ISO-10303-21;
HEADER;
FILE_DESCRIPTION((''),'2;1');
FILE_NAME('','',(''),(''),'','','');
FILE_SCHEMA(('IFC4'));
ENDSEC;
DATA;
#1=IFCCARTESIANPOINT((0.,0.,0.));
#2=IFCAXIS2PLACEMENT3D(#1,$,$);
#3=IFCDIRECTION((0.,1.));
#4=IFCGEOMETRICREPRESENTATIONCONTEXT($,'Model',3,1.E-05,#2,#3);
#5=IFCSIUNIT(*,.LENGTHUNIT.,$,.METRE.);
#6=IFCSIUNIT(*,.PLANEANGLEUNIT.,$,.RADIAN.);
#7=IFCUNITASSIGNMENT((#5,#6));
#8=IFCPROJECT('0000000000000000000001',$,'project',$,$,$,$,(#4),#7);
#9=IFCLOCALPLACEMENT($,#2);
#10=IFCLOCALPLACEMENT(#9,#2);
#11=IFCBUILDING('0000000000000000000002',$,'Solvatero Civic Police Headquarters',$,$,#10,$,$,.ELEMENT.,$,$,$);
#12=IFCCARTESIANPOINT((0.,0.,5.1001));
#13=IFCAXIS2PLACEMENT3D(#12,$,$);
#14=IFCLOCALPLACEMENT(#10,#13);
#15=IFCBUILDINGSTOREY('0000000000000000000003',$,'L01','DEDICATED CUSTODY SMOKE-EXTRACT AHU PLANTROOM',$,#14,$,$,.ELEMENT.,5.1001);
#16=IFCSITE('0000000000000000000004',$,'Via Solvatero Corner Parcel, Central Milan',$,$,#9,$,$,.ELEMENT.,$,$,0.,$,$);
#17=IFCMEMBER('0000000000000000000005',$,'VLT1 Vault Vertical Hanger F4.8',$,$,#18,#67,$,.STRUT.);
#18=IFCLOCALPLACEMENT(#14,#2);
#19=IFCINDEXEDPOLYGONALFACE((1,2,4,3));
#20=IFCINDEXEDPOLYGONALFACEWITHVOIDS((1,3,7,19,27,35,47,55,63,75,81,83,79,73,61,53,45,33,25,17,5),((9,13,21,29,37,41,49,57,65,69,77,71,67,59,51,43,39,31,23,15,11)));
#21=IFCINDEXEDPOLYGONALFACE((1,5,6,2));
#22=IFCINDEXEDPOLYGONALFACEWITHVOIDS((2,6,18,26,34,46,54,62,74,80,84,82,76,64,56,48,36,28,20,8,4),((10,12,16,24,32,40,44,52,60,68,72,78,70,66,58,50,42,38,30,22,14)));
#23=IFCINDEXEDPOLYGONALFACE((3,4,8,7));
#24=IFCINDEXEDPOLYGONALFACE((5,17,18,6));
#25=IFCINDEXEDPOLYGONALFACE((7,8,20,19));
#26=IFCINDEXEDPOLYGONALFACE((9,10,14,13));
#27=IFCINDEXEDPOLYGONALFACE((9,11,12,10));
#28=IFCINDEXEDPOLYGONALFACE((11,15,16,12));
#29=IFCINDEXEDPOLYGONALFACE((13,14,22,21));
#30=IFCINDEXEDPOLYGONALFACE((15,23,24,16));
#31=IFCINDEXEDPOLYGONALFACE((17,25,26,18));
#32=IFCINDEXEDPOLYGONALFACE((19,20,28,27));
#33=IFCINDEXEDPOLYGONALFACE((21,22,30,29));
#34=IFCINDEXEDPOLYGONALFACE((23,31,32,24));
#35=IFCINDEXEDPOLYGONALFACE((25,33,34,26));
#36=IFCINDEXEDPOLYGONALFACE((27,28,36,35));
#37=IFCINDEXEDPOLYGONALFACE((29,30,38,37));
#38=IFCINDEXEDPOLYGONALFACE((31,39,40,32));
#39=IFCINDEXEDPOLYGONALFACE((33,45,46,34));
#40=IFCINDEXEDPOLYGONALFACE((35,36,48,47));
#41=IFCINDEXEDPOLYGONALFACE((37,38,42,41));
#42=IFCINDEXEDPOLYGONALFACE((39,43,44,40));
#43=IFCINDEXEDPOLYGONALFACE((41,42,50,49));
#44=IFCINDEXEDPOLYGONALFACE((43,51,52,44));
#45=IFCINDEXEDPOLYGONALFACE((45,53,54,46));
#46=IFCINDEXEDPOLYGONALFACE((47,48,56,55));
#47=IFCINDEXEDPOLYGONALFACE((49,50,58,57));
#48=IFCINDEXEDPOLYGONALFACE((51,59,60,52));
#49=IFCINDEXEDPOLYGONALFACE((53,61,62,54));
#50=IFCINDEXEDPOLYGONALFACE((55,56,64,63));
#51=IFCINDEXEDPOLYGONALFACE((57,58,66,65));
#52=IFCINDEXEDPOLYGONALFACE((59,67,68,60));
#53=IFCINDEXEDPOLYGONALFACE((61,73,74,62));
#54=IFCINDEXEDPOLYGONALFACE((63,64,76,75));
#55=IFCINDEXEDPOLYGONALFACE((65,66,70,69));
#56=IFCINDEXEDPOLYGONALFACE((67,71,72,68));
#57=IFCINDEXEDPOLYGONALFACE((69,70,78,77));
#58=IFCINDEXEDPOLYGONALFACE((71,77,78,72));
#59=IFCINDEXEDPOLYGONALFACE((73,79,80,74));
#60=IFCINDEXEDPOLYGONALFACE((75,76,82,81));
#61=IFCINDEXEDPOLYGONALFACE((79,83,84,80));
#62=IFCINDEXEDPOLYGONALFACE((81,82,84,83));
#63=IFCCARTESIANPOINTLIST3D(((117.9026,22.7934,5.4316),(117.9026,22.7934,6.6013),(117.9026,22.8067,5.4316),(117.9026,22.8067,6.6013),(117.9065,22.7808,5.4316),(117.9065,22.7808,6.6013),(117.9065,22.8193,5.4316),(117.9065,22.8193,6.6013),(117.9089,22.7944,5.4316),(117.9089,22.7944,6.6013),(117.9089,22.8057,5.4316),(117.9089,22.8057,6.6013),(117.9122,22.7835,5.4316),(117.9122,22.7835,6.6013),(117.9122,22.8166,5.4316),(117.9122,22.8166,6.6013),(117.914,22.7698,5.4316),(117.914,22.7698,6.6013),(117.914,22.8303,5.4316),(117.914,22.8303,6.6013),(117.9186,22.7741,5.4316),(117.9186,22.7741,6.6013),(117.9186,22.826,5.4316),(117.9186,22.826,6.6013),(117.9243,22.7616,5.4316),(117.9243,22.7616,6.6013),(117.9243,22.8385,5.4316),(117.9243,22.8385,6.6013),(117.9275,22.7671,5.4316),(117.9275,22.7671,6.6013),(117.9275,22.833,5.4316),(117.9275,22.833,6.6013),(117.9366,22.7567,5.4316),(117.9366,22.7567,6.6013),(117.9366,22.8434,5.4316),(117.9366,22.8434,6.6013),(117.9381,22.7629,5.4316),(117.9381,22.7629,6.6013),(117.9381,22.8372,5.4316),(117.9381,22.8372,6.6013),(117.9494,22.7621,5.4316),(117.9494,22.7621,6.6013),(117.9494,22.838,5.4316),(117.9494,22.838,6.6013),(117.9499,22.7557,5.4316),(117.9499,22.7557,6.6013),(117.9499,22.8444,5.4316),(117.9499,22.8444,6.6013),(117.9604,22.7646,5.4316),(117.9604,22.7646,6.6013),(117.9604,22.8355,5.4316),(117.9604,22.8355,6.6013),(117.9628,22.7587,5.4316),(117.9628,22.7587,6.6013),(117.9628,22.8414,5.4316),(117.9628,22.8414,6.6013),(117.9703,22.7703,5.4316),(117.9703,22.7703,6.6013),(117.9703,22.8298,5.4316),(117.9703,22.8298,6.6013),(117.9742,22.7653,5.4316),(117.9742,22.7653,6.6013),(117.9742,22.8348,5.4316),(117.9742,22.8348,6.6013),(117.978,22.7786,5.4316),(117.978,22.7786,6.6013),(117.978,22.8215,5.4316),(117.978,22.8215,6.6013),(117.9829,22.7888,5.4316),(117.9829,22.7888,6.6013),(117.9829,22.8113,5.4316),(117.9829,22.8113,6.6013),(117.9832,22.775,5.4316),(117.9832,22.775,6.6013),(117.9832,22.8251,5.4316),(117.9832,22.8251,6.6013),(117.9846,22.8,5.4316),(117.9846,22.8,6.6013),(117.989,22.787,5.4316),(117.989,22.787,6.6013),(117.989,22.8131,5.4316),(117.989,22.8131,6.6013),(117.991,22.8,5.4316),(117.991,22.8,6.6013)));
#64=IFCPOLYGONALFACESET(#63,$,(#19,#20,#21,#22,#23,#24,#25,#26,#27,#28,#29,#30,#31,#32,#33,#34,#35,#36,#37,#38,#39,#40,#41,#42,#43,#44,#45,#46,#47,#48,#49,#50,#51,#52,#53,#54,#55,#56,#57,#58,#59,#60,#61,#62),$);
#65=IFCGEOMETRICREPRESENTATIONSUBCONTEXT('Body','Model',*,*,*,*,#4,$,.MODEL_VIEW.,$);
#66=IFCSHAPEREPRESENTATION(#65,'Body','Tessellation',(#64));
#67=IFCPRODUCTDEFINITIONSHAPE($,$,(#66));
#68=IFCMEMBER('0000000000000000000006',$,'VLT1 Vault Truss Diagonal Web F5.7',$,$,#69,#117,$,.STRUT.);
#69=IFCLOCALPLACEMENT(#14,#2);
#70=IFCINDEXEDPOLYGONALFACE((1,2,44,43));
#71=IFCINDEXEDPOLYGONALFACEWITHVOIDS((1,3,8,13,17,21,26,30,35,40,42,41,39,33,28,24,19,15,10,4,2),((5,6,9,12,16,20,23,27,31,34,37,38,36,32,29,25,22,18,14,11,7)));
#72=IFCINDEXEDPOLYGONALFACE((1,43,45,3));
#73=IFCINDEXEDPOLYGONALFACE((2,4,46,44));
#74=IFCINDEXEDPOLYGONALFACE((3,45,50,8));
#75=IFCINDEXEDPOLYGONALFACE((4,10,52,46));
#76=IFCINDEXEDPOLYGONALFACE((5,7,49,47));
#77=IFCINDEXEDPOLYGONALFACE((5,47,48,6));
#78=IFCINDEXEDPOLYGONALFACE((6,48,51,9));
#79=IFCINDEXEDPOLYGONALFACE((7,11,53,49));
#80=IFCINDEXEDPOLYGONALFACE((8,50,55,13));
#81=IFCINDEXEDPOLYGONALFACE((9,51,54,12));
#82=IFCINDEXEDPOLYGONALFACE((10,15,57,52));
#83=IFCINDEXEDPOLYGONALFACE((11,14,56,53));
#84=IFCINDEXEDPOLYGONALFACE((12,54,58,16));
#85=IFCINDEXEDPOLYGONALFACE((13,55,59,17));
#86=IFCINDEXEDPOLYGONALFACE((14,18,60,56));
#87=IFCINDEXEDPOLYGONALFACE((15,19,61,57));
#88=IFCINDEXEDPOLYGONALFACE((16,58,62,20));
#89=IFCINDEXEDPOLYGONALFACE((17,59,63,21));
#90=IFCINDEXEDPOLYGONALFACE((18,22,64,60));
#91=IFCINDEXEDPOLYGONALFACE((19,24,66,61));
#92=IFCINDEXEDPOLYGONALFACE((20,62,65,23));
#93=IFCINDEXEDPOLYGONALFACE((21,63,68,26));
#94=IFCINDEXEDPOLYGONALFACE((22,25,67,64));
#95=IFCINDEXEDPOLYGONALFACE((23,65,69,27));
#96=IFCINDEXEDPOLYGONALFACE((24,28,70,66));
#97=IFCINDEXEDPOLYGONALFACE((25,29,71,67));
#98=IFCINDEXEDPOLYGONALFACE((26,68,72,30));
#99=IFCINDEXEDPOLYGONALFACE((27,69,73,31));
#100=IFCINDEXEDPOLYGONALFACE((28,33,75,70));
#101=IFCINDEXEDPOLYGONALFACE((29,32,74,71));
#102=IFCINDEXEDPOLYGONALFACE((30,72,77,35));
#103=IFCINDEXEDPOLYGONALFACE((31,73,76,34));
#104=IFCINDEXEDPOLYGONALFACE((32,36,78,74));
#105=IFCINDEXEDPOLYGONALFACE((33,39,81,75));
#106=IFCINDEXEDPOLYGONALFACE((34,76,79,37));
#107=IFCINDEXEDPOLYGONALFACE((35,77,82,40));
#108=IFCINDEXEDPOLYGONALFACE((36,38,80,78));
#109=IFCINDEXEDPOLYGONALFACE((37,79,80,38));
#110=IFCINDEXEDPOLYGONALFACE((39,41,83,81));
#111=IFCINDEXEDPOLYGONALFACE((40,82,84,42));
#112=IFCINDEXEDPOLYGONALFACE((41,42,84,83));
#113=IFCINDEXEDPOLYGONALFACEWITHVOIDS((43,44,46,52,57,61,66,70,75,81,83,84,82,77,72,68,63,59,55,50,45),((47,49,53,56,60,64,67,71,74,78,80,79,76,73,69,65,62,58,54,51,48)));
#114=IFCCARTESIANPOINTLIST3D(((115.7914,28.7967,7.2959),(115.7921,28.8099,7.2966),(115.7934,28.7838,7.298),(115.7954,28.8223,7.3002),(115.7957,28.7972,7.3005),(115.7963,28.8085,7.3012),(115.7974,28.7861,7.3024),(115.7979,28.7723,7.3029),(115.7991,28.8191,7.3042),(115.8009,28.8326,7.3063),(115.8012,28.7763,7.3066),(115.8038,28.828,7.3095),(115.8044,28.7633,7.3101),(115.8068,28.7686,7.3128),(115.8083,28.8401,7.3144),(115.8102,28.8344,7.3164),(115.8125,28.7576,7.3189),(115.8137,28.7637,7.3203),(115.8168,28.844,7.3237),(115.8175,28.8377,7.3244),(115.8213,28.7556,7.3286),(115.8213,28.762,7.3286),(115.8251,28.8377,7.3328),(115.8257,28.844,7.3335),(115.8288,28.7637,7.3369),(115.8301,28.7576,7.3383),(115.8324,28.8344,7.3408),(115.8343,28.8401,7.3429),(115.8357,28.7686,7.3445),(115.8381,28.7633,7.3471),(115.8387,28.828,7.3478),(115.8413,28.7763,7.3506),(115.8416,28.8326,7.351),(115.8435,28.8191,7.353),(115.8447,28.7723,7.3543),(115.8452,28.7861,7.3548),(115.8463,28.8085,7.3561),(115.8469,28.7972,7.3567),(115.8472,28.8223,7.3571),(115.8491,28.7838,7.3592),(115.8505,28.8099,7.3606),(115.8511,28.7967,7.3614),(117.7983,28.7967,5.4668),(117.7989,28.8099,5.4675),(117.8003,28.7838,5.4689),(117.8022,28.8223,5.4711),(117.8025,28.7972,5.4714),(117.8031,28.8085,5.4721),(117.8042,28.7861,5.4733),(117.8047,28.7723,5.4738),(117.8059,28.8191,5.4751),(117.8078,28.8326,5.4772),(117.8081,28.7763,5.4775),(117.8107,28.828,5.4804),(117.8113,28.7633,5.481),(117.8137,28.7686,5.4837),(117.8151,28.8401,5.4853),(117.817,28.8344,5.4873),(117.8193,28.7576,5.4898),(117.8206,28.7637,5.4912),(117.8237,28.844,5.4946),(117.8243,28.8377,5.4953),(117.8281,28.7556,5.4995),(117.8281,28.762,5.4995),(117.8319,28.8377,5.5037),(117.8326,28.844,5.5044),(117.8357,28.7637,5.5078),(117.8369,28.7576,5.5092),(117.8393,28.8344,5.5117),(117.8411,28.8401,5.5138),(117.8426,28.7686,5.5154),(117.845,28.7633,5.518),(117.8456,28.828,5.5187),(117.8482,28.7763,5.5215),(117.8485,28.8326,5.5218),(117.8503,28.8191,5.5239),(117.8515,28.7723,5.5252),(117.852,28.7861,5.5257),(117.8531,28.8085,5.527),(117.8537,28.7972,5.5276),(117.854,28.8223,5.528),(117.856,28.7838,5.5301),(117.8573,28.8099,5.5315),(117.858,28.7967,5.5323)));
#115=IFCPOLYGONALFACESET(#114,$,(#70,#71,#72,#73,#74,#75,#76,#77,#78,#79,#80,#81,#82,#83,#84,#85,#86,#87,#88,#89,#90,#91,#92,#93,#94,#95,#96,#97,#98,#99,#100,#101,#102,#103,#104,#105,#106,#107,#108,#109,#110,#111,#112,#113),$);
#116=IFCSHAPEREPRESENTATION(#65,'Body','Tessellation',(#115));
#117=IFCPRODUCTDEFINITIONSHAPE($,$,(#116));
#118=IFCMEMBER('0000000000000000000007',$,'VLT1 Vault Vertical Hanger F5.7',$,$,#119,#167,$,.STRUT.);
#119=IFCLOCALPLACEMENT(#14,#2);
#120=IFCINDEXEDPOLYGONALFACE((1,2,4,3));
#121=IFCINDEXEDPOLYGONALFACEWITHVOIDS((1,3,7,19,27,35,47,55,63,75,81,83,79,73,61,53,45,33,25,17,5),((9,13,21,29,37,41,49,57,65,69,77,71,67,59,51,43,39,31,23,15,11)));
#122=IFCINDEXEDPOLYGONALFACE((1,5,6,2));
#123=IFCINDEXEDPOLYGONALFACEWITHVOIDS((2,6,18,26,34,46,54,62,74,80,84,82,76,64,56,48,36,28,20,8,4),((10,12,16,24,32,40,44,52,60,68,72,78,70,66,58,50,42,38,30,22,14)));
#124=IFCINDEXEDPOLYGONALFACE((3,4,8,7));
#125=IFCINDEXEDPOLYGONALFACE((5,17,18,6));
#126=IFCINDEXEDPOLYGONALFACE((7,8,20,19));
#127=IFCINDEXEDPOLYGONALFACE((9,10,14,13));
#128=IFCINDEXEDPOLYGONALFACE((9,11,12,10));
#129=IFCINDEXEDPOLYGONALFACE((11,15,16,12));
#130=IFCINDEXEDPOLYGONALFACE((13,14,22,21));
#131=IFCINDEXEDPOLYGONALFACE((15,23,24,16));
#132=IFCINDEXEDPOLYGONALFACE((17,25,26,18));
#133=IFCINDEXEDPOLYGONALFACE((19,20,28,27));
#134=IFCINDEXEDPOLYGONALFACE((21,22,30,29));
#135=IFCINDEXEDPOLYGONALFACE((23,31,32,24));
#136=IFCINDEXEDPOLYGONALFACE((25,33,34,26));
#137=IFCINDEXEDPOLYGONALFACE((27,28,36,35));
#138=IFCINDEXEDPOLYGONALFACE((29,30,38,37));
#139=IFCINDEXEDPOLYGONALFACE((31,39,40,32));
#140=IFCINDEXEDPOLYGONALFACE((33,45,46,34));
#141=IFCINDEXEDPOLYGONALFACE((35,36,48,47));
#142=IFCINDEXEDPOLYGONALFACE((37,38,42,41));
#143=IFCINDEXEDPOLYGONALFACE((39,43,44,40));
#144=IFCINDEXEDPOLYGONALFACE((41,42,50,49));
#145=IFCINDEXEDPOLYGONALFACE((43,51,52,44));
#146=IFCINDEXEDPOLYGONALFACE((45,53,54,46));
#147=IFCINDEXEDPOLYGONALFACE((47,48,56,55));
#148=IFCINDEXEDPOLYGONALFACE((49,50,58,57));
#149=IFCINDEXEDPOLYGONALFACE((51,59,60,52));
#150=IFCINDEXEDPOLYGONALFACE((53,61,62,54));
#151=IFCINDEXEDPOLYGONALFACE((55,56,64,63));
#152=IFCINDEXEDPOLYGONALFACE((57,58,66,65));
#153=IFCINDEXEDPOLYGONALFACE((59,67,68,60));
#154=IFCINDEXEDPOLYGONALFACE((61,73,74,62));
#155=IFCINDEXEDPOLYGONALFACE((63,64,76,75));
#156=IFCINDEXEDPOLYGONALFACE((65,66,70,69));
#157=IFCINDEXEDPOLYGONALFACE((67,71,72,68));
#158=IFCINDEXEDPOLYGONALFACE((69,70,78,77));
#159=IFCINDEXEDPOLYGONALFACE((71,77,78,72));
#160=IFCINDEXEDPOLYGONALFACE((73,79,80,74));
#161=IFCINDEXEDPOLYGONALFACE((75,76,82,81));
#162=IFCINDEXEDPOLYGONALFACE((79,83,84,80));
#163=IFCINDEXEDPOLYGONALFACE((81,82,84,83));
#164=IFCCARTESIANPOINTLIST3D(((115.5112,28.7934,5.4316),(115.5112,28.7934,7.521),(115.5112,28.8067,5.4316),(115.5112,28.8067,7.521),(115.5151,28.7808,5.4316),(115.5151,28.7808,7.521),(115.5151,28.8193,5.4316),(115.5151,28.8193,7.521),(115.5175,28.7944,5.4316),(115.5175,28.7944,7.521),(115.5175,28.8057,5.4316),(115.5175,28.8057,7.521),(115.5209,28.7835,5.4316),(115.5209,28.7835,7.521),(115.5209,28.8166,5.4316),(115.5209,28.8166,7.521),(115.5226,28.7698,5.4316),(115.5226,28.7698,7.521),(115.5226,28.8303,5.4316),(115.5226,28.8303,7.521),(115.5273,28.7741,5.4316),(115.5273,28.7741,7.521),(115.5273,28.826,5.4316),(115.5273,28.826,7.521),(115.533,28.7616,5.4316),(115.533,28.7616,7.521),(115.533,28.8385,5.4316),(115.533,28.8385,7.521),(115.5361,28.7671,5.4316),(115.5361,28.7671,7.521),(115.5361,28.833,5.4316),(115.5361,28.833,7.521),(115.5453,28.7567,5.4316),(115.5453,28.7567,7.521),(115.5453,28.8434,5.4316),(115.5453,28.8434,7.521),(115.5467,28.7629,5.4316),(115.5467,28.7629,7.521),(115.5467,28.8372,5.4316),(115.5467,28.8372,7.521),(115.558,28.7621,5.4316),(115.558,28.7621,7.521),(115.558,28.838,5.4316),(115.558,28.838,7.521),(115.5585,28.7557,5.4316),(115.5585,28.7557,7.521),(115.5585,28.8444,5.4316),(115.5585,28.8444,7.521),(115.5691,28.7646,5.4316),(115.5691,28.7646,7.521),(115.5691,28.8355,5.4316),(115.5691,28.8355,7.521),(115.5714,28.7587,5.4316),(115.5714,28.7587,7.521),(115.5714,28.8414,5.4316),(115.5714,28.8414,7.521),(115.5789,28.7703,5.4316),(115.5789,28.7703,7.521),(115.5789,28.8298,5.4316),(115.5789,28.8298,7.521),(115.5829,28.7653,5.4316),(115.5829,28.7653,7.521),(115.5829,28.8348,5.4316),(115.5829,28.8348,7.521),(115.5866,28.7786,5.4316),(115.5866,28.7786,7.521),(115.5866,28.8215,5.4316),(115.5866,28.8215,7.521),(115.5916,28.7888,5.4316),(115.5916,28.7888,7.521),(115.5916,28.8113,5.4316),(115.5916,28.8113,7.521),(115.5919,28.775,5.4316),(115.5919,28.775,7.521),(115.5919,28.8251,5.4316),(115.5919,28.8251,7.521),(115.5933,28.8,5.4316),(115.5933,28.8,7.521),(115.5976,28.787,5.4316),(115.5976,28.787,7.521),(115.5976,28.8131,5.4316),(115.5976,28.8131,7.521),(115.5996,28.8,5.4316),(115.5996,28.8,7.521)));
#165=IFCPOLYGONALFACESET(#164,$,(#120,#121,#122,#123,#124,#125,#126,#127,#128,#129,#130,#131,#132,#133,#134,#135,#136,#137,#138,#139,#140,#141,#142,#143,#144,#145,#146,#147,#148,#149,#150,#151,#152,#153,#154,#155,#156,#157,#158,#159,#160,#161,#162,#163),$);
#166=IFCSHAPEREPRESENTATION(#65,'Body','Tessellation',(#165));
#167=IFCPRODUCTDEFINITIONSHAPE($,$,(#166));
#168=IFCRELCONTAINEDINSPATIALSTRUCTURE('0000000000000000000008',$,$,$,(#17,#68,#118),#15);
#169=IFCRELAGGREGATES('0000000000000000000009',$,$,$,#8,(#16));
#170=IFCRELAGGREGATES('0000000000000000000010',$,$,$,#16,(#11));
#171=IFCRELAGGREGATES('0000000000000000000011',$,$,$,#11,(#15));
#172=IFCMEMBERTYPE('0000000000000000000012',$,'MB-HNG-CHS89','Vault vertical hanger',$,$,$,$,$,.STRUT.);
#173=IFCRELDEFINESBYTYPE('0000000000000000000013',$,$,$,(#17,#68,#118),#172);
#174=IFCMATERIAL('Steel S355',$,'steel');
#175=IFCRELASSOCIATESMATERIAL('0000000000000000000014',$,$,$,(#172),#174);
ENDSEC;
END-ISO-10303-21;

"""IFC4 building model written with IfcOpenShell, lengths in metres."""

from ifc_helpers import new_model, si_unit, direction, frame, origin, origin_2d, place, context, subcontext, project, spatial, hollow_circle, extrude, material, material_profile, profile_set, type_object, element, save


model = new_model("IFC4")

# Units and contexts
model_context = context("Model", 3, precision=1e-05, world=origin(), true_north=direction((0.0, 1.0)))
body_context = subcontext(model_context, "Body", "Model", "MODEL_VIEW")
ifc_project = project(units=[si_unit("LENGTHUNIT", "METRE"), si_unit("PLANEANGLEUNIT", "RADIAN")], contexts=[model_context])

# Site, building, storey
site_placement = place(None, origin())
site = spatial("IfcSite", under=ifc_project, at=site_placement, Name="Via Solvatero Corner Parcel, Central Milan", CompositionType="ELEMENT", RefElevation=0.0)
building_placement = place(site_placement, origin())
building = spatial("IfcBuilding", under=site, at=building_placement, Name="Solvatero Civic Police Headquarters", CompositionType="ELEMENT")
storey_placement = place(building_placement, frame((0.0, 0.0, 5.1001)))
storey = spatial("IfcBuildingStorey", under=building, at=storey_placement, Name="L01", Description="DEDICATED CUSTODY SMOKE-EXTRACT AHU PLANTROOM", CompositionType="ELEMENT", Elevation=5.1001)

# Shared definitions
ifc_material = material(Name="Steel S355", Category="steel")

# Members
ifc_material_profile_1 = material_profile(ifc_material, hollow_circle(Radius=0.0444, WallThickness=0.0063, at=origin_2d()), Name="CHS 88.9x6.3")
ifc_profile_set_1 = profile_set([ifc_material_profile_1], Name="Steel S355")
member_type_1 = type_object("IfcMemberType", Name="MB-HNG-CHS89", Description="Vault vertical hanger", PredefinedType="STRUT", material=ifc_profile_set_1)
member_1_placement = place(storey_placement, frame((117.9465, 22.8, 5.4316), z_axis=(0.0, 0.0, 1.0), x_axis=(1.0, 0.0, 0.0)))
element("IfcMember", 1, at=member_1_placement, inside=storey, type_object=member_type_1, Name="VLT1 Vault Vertical Hanger F4.8", PredefinedType="STRUT", context=body_context, shape_type="SweptSolid", body=[
    extrude(hollow_circle(Radius=0.0444, WallThickness=0.0063, at=origin_2d()), origin(), (0.0, 0.0, 1.0), 1.1697),
])
member_2_placement = place(storey_placement, frame((117.8281, 28.8, 5.4995), z_axis=(-0.739077, 0.0, 0.673621), x_axis=(0.0, -1.0, 0.0)))
element("IfcMember", 2, at=member_2_placement, inside=storey, type_object=member_type_1, Name="VLT1 Vault Truss Diagonal Web F5.7", PredefinedType="STRUT", context=body_context, shape_type="SweptSolid", body=[
    extrude(hollow_circle(Radius=0.0444, WallThickness=0.0063, at=origin_2d()), origin(), (0.0, 0.0, 1.0), 2.7153),
])
member_3_placement = place(storey_placement, frame((115.5552, 28.8, 5.4316), z_axis=(0.0, 0.0, 1.0), x_axis=(1.0, 0.0, 0.0)))
element("IfcMember", 3, at=member_3_placement, inside=storey, type_object=member_type_1, Name="VLT1 Vault Vertical Hanger F5.7", PredefinedType="STRUT", context=body_context, shape_type="SweptSolid", body=[
    extrude(hollow_circle(Radius=0.0444, WallThickness=0.0063, at=origin_2d()), origin(), (0.0, 0.0, 1.0), 2.0894),
])

save(model, "model.ifc")
